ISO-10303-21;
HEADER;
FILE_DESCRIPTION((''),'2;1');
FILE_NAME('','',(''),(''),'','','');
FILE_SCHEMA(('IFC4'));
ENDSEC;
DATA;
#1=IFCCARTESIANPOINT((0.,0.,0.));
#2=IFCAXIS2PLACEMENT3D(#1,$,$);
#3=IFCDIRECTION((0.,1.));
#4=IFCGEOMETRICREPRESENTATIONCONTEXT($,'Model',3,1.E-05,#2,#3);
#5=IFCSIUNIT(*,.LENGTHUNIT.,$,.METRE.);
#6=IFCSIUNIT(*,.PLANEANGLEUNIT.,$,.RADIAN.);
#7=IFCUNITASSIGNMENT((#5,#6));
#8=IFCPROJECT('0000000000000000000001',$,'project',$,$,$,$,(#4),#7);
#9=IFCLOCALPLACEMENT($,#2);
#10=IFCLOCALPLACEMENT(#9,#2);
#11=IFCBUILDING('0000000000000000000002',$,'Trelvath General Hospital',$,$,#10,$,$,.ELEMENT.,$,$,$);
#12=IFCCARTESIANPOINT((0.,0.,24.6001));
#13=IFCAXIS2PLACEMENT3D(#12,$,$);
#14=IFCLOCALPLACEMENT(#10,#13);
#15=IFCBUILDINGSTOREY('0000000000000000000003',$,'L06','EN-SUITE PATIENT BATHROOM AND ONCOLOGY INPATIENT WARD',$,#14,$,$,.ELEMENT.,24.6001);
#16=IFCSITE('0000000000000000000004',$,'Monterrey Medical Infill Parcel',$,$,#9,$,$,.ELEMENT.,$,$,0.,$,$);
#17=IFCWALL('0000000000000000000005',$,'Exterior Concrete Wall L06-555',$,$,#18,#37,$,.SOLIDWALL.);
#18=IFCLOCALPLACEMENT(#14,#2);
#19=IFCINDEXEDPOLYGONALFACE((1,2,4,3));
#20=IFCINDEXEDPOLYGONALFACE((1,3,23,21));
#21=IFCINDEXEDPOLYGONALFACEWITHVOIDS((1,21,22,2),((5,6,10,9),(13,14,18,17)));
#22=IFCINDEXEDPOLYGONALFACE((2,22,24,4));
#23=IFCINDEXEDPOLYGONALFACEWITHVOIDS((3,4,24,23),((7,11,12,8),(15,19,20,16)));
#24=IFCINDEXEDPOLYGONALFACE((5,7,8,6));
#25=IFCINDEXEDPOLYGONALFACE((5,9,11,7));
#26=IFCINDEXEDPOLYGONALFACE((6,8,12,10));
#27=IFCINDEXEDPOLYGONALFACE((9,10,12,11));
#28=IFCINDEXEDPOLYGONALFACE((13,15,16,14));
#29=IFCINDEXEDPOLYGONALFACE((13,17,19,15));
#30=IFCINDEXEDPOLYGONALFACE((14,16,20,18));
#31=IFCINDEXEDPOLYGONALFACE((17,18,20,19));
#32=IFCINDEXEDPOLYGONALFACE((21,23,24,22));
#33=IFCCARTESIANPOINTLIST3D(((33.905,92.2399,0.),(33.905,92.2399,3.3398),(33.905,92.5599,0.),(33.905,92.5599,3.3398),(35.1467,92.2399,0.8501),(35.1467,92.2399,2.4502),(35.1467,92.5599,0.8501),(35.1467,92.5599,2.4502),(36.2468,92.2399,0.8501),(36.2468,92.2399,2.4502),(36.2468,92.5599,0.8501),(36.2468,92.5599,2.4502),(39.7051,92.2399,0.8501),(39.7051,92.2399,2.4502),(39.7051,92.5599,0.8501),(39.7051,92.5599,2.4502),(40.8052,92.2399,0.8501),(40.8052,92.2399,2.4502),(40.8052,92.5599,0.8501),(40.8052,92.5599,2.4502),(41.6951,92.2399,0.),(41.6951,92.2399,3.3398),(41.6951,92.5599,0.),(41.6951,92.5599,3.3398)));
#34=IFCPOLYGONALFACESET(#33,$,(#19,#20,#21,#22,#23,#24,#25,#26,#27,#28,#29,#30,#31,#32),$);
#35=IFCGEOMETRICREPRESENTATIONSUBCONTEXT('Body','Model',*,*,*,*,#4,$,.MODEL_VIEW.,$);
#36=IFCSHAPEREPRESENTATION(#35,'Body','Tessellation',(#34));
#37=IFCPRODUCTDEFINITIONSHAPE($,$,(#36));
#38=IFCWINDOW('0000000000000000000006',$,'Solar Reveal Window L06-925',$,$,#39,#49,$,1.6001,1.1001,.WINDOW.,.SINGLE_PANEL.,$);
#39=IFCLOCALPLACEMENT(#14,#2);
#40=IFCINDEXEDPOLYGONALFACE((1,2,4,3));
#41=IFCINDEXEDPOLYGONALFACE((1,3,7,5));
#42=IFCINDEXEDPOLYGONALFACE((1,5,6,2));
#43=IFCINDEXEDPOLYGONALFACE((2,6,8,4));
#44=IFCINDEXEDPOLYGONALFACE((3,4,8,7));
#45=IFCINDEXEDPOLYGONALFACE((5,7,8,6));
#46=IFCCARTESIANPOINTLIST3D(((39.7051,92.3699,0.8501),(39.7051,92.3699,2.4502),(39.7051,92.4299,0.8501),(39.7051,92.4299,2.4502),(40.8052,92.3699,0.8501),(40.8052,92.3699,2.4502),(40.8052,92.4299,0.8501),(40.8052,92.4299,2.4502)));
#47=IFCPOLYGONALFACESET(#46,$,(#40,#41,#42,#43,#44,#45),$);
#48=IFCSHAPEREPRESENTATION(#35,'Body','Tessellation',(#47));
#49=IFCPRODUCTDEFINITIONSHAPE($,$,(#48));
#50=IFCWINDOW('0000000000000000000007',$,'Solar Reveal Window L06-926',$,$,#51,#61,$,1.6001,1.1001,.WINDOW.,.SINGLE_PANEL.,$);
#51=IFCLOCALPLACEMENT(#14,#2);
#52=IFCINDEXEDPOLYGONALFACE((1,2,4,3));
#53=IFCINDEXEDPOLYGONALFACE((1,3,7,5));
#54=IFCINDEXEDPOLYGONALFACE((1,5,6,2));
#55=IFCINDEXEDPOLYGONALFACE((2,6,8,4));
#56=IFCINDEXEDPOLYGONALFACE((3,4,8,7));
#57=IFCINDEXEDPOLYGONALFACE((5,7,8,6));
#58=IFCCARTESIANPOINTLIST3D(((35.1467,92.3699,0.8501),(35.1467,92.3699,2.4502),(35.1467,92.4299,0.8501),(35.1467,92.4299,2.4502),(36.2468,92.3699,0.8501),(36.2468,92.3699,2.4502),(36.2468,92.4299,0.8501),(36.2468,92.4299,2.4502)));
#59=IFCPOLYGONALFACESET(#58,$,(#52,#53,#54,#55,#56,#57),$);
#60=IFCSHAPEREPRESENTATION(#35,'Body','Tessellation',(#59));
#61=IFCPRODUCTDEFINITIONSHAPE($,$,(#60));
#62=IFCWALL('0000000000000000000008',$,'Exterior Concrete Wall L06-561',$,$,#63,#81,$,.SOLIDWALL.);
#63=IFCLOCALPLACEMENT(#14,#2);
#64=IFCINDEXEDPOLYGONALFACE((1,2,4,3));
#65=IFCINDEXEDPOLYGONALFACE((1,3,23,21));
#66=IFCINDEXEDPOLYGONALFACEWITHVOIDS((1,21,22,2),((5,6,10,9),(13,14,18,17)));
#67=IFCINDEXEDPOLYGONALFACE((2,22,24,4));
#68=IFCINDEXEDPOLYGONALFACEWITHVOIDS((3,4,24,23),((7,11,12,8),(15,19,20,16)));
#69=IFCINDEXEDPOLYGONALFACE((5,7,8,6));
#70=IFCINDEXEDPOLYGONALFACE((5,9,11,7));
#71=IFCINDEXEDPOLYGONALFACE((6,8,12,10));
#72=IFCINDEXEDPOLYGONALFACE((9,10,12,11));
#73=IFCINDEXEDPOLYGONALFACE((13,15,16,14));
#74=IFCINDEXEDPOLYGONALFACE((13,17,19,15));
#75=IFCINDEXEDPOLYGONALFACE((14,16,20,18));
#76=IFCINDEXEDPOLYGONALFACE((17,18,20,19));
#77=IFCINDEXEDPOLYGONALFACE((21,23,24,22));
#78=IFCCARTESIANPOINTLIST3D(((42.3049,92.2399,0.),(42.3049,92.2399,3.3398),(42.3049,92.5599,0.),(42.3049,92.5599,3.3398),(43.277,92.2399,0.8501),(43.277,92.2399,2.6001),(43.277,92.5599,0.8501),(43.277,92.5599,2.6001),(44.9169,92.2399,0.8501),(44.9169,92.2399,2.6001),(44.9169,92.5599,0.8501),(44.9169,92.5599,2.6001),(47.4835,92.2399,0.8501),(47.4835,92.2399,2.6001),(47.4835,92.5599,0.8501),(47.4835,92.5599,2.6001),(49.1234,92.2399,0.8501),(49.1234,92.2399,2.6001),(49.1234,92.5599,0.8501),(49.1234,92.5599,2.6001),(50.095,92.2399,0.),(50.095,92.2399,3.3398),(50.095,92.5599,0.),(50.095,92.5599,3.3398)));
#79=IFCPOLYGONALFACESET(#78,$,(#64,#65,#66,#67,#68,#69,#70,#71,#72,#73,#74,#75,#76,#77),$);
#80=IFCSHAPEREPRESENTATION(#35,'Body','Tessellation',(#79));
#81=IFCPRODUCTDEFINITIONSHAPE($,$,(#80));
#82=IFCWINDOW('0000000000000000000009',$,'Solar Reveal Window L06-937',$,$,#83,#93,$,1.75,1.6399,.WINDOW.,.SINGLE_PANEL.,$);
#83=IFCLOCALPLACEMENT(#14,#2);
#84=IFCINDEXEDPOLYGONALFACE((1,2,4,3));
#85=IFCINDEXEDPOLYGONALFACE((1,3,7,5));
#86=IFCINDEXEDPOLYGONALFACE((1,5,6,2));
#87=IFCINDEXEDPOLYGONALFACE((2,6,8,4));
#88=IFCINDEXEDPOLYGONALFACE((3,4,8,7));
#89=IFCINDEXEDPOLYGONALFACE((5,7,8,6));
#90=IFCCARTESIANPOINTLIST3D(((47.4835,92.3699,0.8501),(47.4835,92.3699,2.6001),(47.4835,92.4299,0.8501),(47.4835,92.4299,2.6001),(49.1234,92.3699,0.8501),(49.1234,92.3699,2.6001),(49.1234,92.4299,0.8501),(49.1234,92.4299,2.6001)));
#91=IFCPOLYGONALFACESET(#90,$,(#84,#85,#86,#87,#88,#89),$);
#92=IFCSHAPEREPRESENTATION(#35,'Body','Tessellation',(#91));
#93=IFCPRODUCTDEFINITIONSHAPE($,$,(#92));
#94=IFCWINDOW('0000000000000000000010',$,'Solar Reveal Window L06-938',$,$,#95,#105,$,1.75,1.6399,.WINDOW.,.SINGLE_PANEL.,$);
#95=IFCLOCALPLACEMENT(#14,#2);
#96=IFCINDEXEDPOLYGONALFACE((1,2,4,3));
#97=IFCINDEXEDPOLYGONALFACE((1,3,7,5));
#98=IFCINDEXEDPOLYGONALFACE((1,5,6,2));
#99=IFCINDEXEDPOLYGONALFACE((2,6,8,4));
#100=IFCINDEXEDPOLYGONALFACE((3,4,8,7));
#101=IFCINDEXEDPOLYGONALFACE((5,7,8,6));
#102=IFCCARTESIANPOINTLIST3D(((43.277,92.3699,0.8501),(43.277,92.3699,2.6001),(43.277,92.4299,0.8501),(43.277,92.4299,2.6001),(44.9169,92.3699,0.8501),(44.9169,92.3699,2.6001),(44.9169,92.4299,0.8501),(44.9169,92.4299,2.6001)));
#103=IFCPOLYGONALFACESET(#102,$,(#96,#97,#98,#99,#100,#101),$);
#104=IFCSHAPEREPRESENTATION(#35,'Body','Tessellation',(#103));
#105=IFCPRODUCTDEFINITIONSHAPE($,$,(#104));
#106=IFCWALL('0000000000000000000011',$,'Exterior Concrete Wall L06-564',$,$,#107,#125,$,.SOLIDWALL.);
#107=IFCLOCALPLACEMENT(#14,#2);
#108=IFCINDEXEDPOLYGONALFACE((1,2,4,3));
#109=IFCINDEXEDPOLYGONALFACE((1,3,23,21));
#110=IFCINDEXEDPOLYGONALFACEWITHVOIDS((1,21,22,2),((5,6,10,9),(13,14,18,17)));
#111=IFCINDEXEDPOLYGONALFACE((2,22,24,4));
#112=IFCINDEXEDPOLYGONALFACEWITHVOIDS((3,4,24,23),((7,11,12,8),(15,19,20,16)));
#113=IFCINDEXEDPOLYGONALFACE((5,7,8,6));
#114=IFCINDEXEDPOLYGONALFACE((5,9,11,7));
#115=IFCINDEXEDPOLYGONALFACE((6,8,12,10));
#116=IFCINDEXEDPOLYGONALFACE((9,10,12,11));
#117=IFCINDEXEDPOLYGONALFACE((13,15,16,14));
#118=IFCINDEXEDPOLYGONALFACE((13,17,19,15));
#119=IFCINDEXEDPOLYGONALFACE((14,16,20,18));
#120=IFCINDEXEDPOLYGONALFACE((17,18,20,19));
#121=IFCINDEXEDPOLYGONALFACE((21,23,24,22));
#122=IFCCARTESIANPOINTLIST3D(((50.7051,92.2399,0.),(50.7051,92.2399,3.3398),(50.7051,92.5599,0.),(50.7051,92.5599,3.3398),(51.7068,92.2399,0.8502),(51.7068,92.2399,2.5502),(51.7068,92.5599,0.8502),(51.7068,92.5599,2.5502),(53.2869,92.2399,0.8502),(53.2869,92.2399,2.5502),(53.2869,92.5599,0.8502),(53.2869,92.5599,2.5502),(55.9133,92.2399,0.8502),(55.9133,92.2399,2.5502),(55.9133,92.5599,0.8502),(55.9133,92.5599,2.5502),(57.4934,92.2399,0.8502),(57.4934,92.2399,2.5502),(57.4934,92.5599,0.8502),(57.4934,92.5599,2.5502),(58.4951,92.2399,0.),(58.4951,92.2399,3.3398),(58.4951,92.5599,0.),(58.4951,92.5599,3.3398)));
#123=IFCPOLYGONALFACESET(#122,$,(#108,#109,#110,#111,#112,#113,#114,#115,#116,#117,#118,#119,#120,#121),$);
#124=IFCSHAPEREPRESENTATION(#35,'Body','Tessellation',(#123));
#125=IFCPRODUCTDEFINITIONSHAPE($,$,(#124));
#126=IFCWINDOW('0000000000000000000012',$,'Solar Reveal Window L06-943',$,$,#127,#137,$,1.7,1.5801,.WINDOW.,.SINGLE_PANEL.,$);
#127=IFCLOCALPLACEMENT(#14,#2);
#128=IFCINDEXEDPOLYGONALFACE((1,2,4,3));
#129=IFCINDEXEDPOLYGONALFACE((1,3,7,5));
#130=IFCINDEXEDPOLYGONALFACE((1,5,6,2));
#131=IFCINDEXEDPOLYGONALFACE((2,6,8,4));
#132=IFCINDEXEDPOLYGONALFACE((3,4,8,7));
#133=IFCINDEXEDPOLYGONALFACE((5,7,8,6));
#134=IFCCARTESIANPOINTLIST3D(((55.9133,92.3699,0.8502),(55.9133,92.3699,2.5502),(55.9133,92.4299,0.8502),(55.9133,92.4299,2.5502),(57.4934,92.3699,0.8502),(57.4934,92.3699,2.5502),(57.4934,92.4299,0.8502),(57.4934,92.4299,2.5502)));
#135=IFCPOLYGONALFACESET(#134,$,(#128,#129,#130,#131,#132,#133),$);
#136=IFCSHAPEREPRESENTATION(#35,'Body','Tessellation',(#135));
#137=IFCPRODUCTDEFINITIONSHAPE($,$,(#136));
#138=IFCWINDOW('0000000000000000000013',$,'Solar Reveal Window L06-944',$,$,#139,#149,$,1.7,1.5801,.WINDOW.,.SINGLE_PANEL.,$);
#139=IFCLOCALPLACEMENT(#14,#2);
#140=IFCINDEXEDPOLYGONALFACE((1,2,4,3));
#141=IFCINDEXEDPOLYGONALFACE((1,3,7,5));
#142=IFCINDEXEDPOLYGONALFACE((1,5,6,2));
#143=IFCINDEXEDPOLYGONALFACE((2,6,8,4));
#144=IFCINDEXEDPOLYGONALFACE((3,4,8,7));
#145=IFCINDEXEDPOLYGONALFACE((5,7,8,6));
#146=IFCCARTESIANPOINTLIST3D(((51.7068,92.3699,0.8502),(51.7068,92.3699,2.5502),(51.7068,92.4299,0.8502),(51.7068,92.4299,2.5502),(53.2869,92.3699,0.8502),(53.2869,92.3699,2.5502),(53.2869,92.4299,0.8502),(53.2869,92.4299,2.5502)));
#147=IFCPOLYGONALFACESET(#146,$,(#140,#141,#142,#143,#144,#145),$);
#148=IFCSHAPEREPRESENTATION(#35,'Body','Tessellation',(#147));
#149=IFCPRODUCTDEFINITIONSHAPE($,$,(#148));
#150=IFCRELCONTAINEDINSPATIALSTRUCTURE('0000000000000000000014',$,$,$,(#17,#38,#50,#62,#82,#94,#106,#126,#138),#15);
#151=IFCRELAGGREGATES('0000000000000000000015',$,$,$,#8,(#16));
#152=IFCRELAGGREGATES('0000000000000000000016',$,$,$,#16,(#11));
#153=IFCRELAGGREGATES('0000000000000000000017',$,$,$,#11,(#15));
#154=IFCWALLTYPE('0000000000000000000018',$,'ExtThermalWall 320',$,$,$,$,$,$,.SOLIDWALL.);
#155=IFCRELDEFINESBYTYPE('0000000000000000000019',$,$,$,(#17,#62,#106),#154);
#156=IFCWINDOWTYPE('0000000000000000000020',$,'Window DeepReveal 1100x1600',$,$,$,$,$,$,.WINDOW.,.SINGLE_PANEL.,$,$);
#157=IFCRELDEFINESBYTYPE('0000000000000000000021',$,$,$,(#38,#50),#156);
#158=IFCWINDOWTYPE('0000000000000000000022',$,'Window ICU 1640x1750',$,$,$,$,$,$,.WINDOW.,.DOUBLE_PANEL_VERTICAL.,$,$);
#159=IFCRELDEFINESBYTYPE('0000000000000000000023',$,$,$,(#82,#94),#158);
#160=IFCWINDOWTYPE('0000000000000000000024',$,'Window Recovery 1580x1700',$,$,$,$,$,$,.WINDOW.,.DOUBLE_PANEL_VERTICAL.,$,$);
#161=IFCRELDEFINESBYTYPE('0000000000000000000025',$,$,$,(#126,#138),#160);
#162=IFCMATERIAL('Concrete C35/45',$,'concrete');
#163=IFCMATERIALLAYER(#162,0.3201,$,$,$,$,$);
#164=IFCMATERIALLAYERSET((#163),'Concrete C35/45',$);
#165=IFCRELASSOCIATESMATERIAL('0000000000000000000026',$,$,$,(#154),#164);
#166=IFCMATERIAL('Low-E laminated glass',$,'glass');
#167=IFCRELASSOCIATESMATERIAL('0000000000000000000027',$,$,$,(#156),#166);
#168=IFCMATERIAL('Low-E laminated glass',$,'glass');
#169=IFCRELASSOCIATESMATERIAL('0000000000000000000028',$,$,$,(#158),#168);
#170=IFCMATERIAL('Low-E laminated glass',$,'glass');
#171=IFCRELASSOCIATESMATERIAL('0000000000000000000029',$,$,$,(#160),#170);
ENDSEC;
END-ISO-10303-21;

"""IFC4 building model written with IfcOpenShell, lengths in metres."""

from ifc_helpers import new_model, si_unit, direction, frame, frame_2d, origin, place, context, subcontext, project, spatial, rectangle, extrude, material, layer, layer_set, type_object, element, fill, save


model = new_model("IFC4")

# Units and contexts
model_context = context("Model", 3, precision=1e-05, world=origin(), true_north=direction((0.0, 1.0)))
body_context = subcontext(model_context, "Body", "Model", "MODEL_VIEW")
ifc_project = project(units=[si_unit("LENGTHUNIT", "METRE"), si_unit("PLANEANGLEUNIT", "RADIAN")], contexts=[model_context])

# Site, building, storey
site_placement = place(None, origin())
site = spatial("IfcSite", under=ifc_project, at=site_placement, Name="Monterrey Medical Infill Parcel", CompositionType="ELEMENT", RefElevation=0.0)
building_placement = place(site_placement, origin())
building = spatial("IfcBuilding", under=site, at=building_placement, Name="Trelvath General Hospital", CompositionType="ELEMENT")
storey_placement = place(building_placement, frame((0.0, 0.0, 24.6001)))
storey = spatial("IfcBuildingStorey", under=building, at=storey_placement, Name="L06", Description="EN-SUITE PATIENT BATHROOM AND ONCOLOGY INPATIENT WARD", CompositionType="ELEMENT", Elevation=24.6001)

# Walls, openings, windows
ifc_material_1 = material(Name="Concrete C35/45", Category="concrete")
ifc_layer_1 = layer(ifc_material_1, 0.3201)
ifc_layer_set_1 = layer_set([ifc_layer_1], Name="Concrete C35/45")
wall_type_1 = type_object("IfcWallType", Name="ExtThermalWall 320", PredefinedType="SOLIDWALL", material=ifc_layer_set_1)
wall_1_placement = place(storey_placement, frame((41.6951, 92.3999, 0.0), z_axis=(0.0, 0.0, 1.0), x_axis=(-1.0, 0.0, 0.0)))
wall_1 = element("IfcWall", 1, at=wall_1_placement, inside=storey, type_object=wall_type_1, Name="Exterior Concrete Wall L06-555", PredefinedType="SOLIDWALL", context=body_context, shape_type="SweptSolid", body=[
    extrude(rectangle(XDim=7.79, YDim=0.3201, at=frame_2d((3.895, 0.0))), origin(), (0.0, 0.0, 1.0), 3.3398),
])
opening_1_placement = place(wall_1_placement, frame((0.8899, 0.0, 0.8501)))
opening_1 = element("IfcOpeningElement", 2, at=opening_1_placement, cuts=wall_1, PredefinedType="OPENING", context=body_context, shape_type="SweptSolid", body=[
    extrude(rectangle(XDim=1.1001, YDim=1.6001, at=frame_2d((0.55, 0.8))), frame((0.0, 0.1699, 0.0), z_axis=(0.0, -1.0, 0.0), x_axis=(1.0, 0.0, 0.0)), (0.0, 0.0, 1.0), 0.3401),
])
opening_2_placement = place(wall_1_placement, frame((5.4482, 0.0, 0.8501)))
opening_2 = element("IfcOpeningElement", 3, at=opening_2_placement, cuts=wall_1, PredefinedType="OPENING", context=body_context, shape_type="SweptSolid", body=[
    extrude(rectangle(XDim=1.1001, YDim=1.6001, at=frame_2d((0.55, 0.8))), frame((0.0, 0.1699, 0.0), z_axis=(0.0, -1.0, 0.0), x_axis=(1.0, 0.0, 0.0)), (0.0, 0.0, 1.0), 0.3401),
])
ifc_material_2 = material(Name="Low-E laminated glass", Category="glass")
window_type_1 = type_object("IfcWindowType", Name="Window DeepReveal 1100x1600", PartitioningType="SINGLE_PANEL", PredefinedType="WINDOW", material=ifc_material_2)
window_1_placement = place(opening_1_placement, origin())
window_1 = element("IfcWindow", 4, at=window_1_placement, inside=storey, type_object=window_type_1, Name="Solar Reveal Window L06-925", OverallHeight=1.6001, OverallWidth=1.1001, PartitioningType="SINGLE_PANEL", PredefinedType="WINDOW", context=body_context, shape_type="SweptSolid", body=[
    extrude(rectangle(XDim=1.1001, YDim=1.6001, at=frame_2d((0.55, 0.8))), frame((0.0, 0.03, 0.0), z_axis=(0.0, -1.0, 0.0), x_axis=(1.0, 0.0, 0.0)), (0.0, 0.0, 1.0), 0.0601),
])
fill(opening_1, window_1)
window_2_placement = place(opening_2_placement, origin())
window_2 = element("IfcWindow", 5, at=window_2_placement, inside=storey, type_object=window_type_1, Name="Solar Reveal Window L06-926", OverallHeight=1.6001, OverallWidth=1.1001, PartitioningType="SINGLE_PANEL", PredefinedType="WINDOW", context=body_context, shape_type="SweptSolid", body=[
    extrude(rectangle(XDim=1.1001, YDim=1.6001, at=frame_2d((0.55, 0.8))), frame((0.0, 0.03, 0.0), z_axis=(0.0, -1.0, 0.0), x_axis=(1.0, 0.0, 0.0)), (0.0, 0.0, 1.0), 0.0601),
])
fill(opening_2, window_2)
wall_2_placement = place(storey_placement, frame((50.095, 92.3999, 0.0), z_axis=(0.0, 0.0, 1.0), x_axis=(-1.0, 0.0, 0.0)))
wall_2 = element("IfcWall", 6, at=wall_2_placement, inside=storey, type_object=wall_type_1, Name="Exterior Concrete Wall L06-561", PredefinedType="SOLIDWALL", context=body_context, shape_type="SweptSolid", body=[
    extrude(rectangle(XDim=7.79, YDim=0.3201, at=frame_2d((3.895, 0.0))), origin(), (0.0, 0.0, 1.0), 3.3398),
])
opening_3_placement = place(wall_2_placement, frame((0.9717, 0.0, 0.8501)))
opening_3 = element("IfcOpeningElement", 7, at=opening_3_placement, cuts=wall_2, PredefinedType="OPENING", context=body_context, shape_type="SweptSolid", body=[
    extrude(rectangle(XDim=1.6399, YDim=1.75, at=frame_2d((0.8198, 0.875))), frame((0.0, 0.1699, 0.0), z_axis=(0.0, -1.0, 0.0), x_axis=(1.0, 0.0, 0.0)), (0.0, 0.0, 1.0), 0.3401),
])
opening_4_placement = place(wall_2_placement, frame((5.1782, 0.0, 0.8501)))
opening_4 = element("IfcOpeningElement", 8, at=opening_4_placement, cuts=wall_2, PredefinedType="OPENING", context=body_context, shape_type="SweptSolid", body=[
    extrude(rectangle(XDim=1.6399, YDim=1.75, at=frame_2d((0.8198, 0.875))), frame((0.0, 0.1699, 0.0), z_axis=(0.0, -1.0, 0.0), x_axis=(1.0, 0.0, 0.0)), (0.0, 0.0, 1.0), 0.3401),
])
ifc_material_3 = material(Name="Low-E laminated glass", Category="glass")
window_type_2 = type_object("IfcWindowType", Name="Window ICU 1640x1750", PartitioningType="DOUBLE_PANEL_VERTICAL", PredefinedType="WINDOW", material=ifc_material_3)
window_3_placement = place(opening_3_placement, origin())
window_3 = element("IfcWindow", 9, at=window_3_placement, inside=storey, type_object=window_type_2, Name="Solar Reveal Window L06-937", OverallHeight=1.75, OverallWidth=1.6399, PartitioningType="SINGLE_PANEL", PredefinedType="WINDOW", context=body_context, shape_type="SweptSolid", body=[
    extrude(rectangle(XDim=1.6399, YDim=1.75, at=frame_2d((0.8198, 0.875))), frame((0.0, 0.03, 0.0), z_axis=(0.0, -1.0, 0.0), x_axis=(1.0, 0.0, 0.0)), (0.0, 0.0, 1.0), 0.0601),
])
fill(opening_3, window_3)
window_4_placement = place(opening_4_placement, origin())
window_4 = element("IfcWindow", 10, at=window_4_placement, inside=storey, type_object=window_type_2, Name="Solar Reveal Window L06-938", OverallHeight=1.75, OverallWidth=1.6399, PartitioningType="SINGLE_PANEL", PredefinedType="WINDOW", context=body_context, shape_type="SweptSolid", body=[
    extrude(rectangle(XDim=1.6399, YDim=1.75, at=frame_2d((0.8198, 0.875))), frame((0.0, 0.03, 0.0), z_axis=(0.0, -1.0, 0.0), x_axis=(1.0, 0.0, 0.0)), (0.0, 0.0, 1.0), 0.0601),
])
fill(opening_4, window_4)
wall_3_placement = place(storey_placement, frame((58.4951, 92.3999, 0.0), z_axis=(0.0, 0.0, 1.0), x_axis=(-1.0, 0.0, 0.0)))
wall_3 = element("IfcWall", 11, at=wall_3_placement, inside=storey, type_object=wall_type_1, Name="Exterior Concrete Wall L06-564", PredefinedType="SOLIDWALL", context=body_context, shape_type="SweptSolid", body=[
    extrude(rectangle(XDim=7.79, YDim=0.3201, at=frame_2d((3.895, 0.0))), origin(), (0.0, 0.0, 1.0), 3.3398),
])
opening_5_placement = place(wall_3_placement, frame((1.0017, 0.0, 0.8501)))
opening_5 = element("IfcOpeningElement", 12, at=opening_5_placement, cuts=wall_3, PredefinedType="OPENING", context=body_context, shape_type="SweptSolid", body=[
    extrude(rectangle(XDim=1.5801, YDim=1.7, at=frame_2d((0.79, 0.8501))), frame((0.0, 0.1699, 0.0), z_axis=(0.0, -1.0, 0.0), x_axis=(1.0, 0.0, 0.0)), (0.0, 0.0, 1.0), 0.3401),
])
opening_6_placement = place(wall_3_placement, frame((5.2083, 0.0, 0.8501)))
opening_6 = element("IfcOpeningElement", 13, at=opening_6_placement, cuts=wall_3, PredefinedType="OPENING", context=body_context, shape_type="SweptSolid", body=[
    extrude(rectangle(XDim=1.5801, YDim=1.7, at=frame_2d((0.79, 0.8501))), frame((0.0, 0.1699, 0.0), z_axis=(0.0, -1.0, 0.0), x_axis=(1.0, 0.0, 0.0)), (0.0, 0.0, 1.0), 0.3401),
])
ifc_material_4 = material(Name="Low-E laminated glass", Category="glass")
window_type_3 = type_object("IfcWindowType", Name="Window Recovery 1580x1700", PartitioningType="DOUBLE_PANEL_VERTICAL", PredefinedType="WINDOW", material=ifc_material_4)
window_5_placement = place(opening_5_placement, origin())
window_5 = element("IfcWindow", 14, at=window_5_placement, inside=storey, type_object=window_type_3, Name="Solar Reveal Window L06-943", OverallHeight=1.7, OverallWidth=1.5801, PartitioningType="SINGLE_PANEL", PredefinedType="WINDOW", context=body_context, shape_type="SweptSolid", body=[
    extrude(rectangle(XDim=1.5801, YDim=1.7, at=frame_2d((0.79, 0.8501))), frame((0.0, 0.03, 0.0), z_axis=(0.0, -1.0, 0.0), x_axis=(1.0, 0.0, 0.0)), (0.0, 0.0, 1.0), 0.0601),
])
fill(opening_5, window_5)
window_6_placement = place(opening_6_placement, origin())
window_6 = element("IfcWindow", 15, at=window_6_placement, inside=storey, type_object=window_type_3, Name="Solar Reveal Window L06-944", OverallHeight=1.7, OverallWidth=1.5801, PartitioningType="SINGLE_PANEL", PredefinedType="WINDOW", context=body_context, shape_type="SweptSolid", body=[
    extrude(rectangle(XDim=1.5801, YDim=1.7, at=frame_2d((0.79, 0.8501))), frame((0.0, 0.03, 0.0), z_axis=(0.0, -1.0, 0.0), x_axis=(1.0, 0.0, 0.0)), (0.0, 0.0, 1.0), 0.0601),
])
fill(opening_6, window_6)

save(model, "model.ifc")
